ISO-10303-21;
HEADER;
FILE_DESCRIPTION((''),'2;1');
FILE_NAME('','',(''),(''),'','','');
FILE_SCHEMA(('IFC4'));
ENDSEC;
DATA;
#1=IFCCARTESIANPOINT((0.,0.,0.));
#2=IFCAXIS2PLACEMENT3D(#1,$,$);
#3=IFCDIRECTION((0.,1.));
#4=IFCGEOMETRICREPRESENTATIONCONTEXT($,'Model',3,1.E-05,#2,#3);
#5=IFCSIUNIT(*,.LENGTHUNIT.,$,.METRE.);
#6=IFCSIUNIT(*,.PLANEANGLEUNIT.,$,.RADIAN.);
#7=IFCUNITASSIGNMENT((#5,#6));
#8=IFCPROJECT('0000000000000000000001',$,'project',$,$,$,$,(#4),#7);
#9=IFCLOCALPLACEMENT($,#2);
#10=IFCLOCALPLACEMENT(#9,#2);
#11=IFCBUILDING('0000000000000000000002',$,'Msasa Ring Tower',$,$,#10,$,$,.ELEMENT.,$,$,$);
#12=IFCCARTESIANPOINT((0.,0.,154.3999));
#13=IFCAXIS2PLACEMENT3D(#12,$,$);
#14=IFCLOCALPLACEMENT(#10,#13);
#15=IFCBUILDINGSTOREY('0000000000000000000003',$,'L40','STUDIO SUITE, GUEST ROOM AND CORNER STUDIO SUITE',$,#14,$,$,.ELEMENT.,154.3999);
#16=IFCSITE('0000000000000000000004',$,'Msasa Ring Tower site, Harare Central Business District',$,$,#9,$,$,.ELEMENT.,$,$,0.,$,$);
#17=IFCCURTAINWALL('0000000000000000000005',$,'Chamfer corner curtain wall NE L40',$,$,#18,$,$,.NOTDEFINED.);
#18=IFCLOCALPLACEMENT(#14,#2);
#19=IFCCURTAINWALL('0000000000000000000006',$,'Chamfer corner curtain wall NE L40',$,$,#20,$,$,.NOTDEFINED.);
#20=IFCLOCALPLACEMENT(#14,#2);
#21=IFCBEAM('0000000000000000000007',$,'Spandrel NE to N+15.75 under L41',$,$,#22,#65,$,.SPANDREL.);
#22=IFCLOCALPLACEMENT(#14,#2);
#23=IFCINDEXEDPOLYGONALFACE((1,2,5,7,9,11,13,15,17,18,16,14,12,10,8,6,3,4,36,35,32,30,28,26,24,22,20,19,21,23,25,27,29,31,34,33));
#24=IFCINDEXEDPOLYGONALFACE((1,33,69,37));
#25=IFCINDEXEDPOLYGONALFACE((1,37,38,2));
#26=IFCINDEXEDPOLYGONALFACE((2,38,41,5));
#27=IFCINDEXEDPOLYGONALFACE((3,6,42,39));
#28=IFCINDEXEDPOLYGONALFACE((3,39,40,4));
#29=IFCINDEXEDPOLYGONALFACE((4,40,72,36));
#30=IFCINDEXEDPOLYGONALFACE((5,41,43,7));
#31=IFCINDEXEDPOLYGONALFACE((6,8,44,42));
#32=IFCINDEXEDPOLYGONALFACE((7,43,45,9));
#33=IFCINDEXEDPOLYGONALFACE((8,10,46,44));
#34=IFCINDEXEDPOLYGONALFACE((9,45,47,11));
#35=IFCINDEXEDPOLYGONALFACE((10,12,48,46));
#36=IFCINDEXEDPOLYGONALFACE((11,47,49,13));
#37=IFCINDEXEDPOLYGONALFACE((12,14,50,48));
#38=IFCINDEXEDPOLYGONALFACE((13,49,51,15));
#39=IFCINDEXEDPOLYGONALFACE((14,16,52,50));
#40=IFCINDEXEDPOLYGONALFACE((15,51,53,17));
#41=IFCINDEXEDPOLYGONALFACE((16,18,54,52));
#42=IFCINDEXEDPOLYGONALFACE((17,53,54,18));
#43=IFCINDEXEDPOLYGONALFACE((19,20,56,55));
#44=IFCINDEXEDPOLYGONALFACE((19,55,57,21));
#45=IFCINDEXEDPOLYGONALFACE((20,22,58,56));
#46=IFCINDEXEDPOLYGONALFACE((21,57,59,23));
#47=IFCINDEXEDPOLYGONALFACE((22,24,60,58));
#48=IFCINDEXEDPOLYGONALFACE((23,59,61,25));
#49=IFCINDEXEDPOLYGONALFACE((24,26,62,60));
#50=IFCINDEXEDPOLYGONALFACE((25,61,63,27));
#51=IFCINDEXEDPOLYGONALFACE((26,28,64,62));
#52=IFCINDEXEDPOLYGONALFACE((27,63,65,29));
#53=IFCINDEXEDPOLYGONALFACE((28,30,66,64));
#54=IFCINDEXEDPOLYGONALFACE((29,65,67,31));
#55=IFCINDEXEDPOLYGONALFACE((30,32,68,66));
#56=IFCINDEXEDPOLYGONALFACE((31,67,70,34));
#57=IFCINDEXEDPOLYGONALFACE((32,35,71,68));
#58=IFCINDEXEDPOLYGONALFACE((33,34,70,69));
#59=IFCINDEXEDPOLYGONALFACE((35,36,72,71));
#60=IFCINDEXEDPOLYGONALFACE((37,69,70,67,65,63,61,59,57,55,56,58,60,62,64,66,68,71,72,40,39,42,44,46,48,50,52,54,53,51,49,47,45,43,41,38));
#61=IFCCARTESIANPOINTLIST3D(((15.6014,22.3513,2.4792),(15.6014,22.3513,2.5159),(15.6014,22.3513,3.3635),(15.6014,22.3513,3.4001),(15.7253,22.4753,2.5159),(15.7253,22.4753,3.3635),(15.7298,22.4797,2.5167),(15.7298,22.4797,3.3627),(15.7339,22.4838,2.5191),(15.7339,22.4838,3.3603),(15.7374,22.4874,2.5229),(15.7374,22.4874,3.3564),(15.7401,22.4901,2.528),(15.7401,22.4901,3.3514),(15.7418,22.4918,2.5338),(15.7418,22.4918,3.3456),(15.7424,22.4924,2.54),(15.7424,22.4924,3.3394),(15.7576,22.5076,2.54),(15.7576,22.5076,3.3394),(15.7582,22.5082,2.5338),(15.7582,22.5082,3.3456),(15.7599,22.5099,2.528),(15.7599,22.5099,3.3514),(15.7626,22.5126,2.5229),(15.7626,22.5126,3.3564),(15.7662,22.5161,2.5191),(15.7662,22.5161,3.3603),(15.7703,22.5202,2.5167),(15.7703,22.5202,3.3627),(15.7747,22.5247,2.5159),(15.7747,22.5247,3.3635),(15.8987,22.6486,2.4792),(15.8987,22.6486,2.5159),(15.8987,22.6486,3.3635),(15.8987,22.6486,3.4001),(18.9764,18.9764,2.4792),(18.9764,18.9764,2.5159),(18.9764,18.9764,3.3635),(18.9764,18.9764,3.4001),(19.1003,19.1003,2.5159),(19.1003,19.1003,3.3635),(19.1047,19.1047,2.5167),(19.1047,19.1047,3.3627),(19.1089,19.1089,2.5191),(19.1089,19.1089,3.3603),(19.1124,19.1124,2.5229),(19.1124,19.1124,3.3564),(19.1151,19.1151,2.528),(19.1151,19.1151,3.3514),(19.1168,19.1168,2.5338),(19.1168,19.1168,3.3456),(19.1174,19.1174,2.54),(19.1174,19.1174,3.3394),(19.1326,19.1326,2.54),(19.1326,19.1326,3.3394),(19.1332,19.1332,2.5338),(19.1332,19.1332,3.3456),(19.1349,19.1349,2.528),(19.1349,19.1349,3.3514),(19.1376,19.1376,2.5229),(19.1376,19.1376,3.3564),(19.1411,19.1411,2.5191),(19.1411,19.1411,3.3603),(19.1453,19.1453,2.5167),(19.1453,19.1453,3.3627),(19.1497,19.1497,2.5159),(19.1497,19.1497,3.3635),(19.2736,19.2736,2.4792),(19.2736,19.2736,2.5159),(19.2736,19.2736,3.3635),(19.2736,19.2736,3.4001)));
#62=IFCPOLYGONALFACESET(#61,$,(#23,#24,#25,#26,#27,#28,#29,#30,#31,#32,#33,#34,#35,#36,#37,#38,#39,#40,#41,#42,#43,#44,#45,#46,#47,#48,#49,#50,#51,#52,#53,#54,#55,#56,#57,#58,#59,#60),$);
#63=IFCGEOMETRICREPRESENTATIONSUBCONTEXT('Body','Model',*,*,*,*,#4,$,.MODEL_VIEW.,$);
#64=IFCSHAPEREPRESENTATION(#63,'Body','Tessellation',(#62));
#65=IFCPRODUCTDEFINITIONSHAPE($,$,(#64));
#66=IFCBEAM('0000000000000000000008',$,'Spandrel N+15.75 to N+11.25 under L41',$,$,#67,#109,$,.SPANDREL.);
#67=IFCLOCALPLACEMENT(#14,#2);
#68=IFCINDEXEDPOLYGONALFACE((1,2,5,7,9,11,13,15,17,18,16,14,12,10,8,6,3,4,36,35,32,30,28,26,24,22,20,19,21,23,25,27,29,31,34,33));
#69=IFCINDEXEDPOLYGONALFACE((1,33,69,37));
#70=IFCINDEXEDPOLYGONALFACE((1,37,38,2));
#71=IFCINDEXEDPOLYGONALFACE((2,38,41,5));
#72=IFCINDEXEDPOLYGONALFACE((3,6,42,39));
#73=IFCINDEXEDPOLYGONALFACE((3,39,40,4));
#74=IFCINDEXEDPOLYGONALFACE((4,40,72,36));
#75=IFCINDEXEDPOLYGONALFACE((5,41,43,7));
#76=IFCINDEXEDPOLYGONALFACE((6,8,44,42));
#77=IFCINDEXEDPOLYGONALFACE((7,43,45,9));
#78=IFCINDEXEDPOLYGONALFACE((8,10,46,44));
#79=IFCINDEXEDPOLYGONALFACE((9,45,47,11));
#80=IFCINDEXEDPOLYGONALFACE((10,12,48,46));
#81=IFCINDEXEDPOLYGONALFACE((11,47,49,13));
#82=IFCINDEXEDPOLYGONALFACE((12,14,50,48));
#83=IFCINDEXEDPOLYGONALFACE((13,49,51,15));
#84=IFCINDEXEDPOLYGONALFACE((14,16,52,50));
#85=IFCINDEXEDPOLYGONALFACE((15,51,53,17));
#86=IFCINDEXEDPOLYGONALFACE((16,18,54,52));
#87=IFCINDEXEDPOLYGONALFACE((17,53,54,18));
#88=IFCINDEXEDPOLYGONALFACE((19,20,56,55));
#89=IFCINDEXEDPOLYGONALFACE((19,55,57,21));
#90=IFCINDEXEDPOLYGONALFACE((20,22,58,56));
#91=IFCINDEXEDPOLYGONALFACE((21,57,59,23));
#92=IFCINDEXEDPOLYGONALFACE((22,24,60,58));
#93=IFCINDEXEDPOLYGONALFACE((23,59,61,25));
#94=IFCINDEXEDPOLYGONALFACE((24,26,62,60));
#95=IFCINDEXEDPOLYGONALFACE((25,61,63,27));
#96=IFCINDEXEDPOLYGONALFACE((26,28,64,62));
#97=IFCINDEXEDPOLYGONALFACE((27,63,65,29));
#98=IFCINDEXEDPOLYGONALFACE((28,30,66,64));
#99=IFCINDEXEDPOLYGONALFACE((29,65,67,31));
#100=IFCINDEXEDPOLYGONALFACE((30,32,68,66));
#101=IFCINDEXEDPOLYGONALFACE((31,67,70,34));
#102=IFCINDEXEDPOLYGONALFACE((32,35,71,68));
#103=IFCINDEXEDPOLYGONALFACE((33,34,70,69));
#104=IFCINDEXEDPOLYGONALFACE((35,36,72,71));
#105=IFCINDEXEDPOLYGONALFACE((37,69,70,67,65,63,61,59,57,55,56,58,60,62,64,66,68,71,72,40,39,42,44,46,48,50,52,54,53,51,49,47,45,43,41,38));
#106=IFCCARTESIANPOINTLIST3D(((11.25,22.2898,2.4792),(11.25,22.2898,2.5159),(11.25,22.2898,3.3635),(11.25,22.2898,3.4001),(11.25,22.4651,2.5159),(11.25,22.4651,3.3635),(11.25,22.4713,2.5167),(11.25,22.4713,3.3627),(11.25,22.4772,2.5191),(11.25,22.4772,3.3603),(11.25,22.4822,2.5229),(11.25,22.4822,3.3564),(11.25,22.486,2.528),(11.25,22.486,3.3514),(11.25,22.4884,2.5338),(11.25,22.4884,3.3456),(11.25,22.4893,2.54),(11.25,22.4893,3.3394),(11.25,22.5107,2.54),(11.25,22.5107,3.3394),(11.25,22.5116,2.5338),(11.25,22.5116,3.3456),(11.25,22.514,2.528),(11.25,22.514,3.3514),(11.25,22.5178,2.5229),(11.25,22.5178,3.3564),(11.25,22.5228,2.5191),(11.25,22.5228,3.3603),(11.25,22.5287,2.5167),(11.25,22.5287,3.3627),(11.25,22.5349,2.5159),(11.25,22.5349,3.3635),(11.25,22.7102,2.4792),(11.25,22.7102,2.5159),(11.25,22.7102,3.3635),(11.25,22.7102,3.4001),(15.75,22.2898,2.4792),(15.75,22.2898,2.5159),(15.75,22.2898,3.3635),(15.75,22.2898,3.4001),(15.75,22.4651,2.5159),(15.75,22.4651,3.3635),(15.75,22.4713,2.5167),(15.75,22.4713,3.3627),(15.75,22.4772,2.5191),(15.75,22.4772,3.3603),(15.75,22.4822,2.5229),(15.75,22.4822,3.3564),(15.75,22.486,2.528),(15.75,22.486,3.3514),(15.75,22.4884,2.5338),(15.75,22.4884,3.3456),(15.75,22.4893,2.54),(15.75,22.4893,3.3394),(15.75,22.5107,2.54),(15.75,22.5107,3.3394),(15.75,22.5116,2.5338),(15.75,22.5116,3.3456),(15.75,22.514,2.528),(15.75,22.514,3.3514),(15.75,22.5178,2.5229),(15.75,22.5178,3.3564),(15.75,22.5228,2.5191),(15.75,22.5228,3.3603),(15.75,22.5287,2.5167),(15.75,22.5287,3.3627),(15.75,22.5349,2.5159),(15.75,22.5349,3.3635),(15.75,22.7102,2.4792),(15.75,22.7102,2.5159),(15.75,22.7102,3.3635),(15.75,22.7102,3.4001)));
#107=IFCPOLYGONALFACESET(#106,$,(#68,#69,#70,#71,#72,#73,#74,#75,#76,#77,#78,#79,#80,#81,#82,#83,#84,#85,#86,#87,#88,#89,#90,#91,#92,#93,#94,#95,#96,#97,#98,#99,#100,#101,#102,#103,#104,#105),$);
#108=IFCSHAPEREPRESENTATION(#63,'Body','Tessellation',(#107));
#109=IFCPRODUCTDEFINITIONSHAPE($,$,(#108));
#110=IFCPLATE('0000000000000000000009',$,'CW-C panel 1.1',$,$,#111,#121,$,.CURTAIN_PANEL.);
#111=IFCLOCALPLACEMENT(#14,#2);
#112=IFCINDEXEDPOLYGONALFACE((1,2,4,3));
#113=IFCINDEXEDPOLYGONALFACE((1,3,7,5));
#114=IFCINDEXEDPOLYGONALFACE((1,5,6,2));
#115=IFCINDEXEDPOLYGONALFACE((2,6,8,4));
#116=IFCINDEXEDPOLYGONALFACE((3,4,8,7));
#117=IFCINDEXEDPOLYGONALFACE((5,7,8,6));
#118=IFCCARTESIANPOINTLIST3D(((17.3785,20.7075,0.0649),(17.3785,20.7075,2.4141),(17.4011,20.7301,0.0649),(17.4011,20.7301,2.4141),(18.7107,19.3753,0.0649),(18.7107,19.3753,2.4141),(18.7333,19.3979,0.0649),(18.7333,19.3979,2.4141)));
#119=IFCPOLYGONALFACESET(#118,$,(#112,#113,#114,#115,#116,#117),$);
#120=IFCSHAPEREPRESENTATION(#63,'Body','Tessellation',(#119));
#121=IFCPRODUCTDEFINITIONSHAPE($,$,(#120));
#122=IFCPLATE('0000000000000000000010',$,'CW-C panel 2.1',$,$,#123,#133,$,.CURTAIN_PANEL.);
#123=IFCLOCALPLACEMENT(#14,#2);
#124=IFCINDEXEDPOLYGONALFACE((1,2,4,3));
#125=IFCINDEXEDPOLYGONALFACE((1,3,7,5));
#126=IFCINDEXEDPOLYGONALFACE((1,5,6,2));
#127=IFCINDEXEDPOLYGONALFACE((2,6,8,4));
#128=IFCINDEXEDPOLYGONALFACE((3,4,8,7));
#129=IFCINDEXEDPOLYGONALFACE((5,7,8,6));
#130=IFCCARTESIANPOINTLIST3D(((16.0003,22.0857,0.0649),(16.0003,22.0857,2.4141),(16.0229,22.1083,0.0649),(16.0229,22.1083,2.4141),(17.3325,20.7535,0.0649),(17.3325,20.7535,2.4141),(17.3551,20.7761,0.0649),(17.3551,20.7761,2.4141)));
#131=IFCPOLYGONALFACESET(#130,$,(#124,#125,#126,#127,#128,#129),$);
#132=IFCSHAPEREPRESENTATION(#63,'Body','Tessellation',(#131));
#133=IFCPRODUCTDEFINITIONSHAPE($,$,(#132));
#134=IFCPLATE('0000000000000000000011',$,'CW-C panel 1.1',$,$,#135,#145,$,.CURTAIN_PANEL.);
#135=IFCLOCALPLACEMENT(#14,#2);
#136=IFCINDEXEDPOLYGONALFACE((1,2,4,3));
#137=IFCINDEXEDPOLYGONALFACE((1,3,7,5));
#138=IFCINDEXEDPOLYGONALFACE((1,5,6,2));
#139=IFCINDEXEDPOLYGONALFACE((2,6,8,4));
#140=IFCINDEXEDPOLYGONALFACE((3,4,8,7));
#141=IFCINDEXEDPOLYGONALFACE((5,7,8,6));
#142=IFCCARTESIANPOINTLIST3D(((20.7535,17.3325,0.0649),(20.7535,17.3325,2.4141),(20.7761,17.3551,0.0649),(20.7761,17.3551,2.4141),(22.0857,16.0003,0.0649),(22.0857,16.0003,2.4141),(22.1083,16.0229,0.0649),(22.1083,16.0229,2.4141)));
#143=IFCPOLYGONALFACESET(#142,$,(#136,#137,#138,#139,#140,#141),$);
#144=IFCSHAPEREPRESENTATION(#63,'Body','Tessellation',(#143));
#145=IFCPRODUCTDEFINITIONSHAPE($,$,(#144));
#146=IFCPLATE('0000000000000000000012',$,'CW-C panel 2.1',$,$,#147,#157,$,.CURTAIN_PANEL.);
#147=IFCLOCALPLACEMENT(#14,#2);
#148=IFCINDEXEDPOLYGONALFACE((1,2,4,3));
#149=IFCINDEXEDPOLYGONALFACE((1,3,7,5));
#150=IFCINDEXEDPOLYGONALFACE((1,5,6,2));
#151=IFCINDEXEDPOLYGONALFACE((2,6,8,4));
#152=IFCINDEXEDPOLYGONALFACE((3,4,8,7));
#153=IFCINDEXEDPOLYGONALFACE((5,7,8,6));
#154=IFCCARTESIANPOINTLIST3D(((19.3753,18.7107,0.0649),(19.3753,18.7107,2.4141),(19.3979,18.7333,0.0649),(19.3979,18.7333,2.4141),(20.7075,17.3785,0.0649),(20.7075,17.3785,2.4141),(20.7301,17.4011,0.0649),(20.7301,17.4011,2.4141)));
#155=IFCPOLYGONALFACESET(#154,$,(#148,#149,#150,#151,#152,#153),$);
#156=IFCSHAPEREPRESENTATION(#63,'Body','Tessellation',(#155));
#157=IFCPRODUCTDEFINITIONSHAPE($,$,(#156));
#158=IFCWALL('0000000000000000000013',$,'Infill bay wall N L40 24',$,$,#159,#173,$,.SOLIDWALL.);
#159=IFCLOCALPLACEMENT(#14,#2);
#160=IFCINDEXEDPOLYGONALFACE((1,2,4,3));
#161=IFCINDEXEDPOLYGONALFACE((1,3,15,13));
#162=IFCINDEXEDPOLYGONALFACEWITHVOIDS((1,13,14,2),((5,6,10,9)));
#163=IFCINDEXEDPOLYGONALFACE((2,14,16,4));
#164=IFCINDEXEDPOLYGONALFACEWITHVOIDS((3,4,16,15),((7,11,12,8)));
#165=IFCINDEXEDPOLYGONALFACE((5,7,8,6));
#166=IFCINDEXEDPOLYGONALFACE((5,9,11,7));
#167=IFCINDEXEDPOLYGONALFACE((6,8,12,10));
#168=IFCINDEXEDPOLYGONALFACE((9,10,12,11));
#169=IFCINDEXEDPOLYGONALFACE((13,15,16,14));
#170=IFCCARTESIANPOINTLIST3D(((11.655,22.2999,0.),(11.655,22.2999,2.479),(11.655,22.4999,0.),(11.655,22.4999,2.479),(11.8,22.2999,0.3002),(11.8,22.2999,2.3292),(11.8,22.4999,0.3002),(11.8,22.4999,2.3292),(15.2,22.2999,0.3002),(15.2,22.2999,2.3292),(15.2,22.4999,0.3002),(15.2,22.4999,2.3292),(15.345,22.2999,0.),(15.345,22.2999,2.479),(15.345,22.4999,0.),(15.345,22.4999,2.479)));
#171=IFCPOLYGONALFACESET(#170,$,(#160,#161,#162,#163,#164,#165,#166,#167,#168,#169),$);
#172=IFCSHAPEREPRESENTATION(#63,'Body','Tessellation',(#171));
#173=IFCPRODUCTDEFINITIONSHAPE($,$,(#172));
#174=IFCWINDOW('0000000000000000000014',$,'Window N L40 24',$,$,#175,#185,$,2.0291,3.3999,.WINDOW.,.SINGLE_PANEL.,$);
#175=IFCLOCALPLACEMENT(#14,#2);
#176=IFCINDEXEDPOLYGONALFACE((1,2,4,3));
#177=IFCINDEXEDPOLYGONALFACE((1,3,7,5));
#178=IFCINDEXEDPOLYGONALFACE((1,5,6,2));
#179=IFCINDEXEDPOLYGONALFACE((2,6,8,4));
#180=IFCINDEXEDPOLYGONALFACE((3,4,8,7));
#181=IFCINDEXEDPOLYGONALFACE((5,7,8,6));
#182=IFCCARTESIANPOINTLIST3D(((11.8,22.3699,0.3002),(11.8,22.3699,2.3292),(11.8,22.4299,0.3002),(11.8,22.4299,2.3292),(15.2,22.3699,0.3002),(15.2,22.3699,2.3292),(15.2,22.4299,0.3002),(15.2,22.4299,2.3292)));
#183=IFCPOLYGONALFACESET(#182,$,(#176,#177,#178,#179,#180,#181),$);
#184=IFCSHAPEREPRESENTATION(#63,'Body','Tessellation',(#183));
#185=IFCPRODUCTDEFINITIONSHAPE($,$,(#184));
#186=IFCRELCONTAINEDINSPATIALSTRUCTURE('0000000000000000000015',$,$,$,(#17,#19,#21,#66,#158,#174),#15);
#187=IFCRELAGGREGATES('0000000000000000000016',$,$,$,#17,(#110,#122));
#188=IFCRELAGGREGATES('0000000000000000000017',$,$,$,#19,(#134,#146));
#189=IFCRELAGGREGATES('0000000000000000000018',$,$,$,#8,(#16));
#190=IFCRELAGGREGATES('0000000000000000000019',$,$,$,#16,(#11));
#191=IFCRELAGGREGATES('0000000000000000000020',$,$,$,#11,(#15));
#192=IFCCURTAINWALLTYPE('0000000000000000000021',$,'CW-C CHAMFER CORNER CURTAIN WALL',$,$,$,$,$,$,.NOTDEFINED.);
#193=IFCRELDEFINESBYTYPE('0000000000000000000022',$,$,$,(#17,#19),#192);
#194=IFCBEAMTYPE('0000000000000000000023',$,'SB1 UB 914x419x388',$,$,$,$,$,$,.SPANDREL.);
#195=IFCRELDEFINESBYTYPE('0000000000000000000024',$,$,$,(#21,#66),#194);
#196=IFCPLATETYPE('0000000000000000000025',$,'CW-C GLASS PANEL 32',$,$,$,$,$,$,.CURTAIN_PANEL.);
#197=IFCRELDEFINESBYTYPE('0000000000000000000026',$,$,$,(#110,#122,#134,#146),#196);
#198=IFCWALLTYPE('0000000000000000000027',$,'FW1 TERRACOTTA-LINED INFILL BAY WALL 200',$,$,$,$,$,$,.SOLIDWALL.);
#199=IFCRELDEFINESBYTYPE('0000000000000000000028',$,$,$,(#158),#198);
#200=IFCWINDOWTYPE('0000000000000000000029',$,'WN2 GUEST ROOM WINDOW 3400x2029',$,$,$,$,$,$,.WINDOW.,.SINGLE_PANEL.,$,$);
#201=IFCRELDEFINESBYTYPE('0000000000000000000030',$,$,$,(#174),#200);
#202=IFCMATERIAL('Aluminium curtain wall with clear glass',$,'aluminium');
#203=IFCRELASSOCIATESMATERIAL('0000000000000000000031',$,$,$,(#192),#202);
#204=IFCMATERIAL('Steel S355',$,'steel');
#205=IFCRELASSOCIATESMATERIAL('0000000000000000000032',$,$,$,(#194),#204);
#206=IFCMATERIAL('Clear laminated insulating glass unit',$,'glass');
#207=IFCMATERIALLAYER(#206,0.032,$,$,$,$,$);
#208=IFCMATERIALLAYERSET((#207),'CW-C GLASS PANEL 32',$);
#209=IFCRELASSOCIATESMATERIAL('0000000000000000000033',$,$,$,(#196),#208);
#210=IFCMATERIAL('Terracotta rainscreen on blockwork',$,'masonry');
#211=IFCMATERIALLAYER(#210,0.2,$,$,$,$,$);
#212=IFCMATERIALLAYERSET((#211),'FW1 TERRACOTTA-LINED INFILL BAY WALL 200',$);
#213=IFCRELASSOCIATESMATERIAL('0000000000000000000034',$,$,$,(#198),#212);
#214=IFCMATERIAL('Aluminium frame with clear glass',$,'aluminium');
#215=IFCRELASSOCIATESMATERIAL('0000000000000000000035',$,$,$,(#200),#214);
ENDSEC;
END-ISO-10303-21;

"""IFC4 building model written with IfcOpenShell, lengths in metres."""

from ifc_helpers import new_model, si_unit, direction, frame, frame_2d, origin, origin_2d, place, context, subcontext, project, spatial, rectangle, i_section, extrude, material, layer, layer_set, material_profile, profile_set, type_object, element, fill, aggregate, save


model = new_model("IFC4")

# Units and contexts
model_context = context("Model", 3, precision=1e-05, world=origin(), true_north=direction((0.0, 1.0)))
body_context = subcontext(model_context, "Body", "Model", "MODEL_VIEW")
ifc_project = project(units=[si_unit("LENGTHUNIT", "METRE"), si_unit("PLANEANGLEUNIT", "RADIAN")], contexts=[model_context])

# Site, building, storey
site_placement = place(None, origin())
site = spatial("IfcSite", under=ifc_project, at=site_placement, Name="Msasa Ring Tower site, Harare Central Business District", CompositionType="ELEMENT", RefElevation=0.0)
building_placement = place(site_placement, origin())
building = spatial("IfcBuilding", under=site, at=building_placement, Name="Msasa Ring Tower", CompositionType="ELEMENT")
storey_placement = place(building_placement, frame((0.0, 0.0, 154.3999)))
storey = spatial("IfcBuildingStorey", under=building, at=storey_placement, Name="L40", Description="STUDIO SUITE, GUEST ROOM AND CORNER STUDIO SUITE", CompositionType="ELEMENT", Elevation=154.3999)

# Curtain walls
ifc_material_1 = material(Name="Aluminium curtain wall with clear glass", Category="aluminium")
curtain_wall_type = type_object("IfcCurtainWallType", Name="CW-C CHAMFER CORNER CURTAIN WALL", PredefinedType="NOTDEFINED", material=ifc_material_1)
curtain_wall_1_placement = place(storey_placement, origin())
curtain_wall_1 = element("IfcCurtainWall", 1, at=curtain_wall_1_placement, inside=storey, type_object=curtain_wall_type, Name="Chamfer corner curtain wall NE L40", PredefinedType="NOTDEFINED")
curtain_wall_2_placement = place(storey_placement, origin())
curtain_wall_2 = element("IfcCurtainWall", 2, at=curtain_wall_2_placement, inside=storey, type_object=curtain_wall_type, Name="Chamfer corner curtain wall NE L40", PredefinedType="NOTDEFINED")

# Beams
ifc_material_2 = material(Name="Steel S355", Category="steel")
ifc_material_profile_1 = material_profile(ifc_material_2, i_section(OverallWidth=0.4204, OverallDepth=0.9209, WebThickness=0.0215, FlangeThickness=0.0366, FilletRadius=0.0242, at=origin_2d()), Name="UB 914x419x388")
ifc_profile_set_1 = profile_set([ifc_material_profile_1], Name="Steel S355")
beam_type_1 = type_object("IfcBeamType", Name="SB1 UB 914x419x388", PredefinedType="SPANDREL", material=ifc_profile_set_1)
for number, where, z_axis, x_axis, name in (
    (3, (19.125, 19.125, 2.9397), (-0.707107, 0.707107, 0.0), (-0.707107, -0.707107, 0.0), "Spandrel NE to N+15.75 under L41"),
):
    element("IfcBeam", number, at=place(storey_placement, frame(where, z_axis=z_axis, x_axis=x_axis)), inside=storey, type_object=beam_type_1, Name=name, PredefinedType="SPANDREL", context=body_context, shape_type="SweptSolid", body=[
        extrude(i_section(OverallWidth=0.4204, OverallDepth=0.9209, WebThickness=0.0215, FlangeThickness=0.0366, FilletRadius=0.0242, at=origin_2d()), origin(), (0.0, 0.0, 1.0), 4.7729),
    ])
beam_placement = place(storey_placement, frame((15.75, 22.5, 2.9397), z_axis=(-1.0, 0.0, 0.0), x_axis=(0.0, -1.0, 0.0)))
element("IfcBeam", 4, at=beam_placement, inside=storey, type_object=beam_type_1, Name="Spandrel N+15.75 to N+11.25 under L41", PredefinedType="SPANDREL", context=body_context, shape_type="SweptSolid", body=[
    extrude(i_section(OverallWidth=0.4204, OverallDepth=0.9209, WebThickness=0.0215, FlangeThickness=0.0366, FilletRadius=0.0242, at=origin_2d()), origin(), (0.0, 0.0, 1.0), 4.5),
])

# Plates
ifc_material_3 = material(Name="Clear laminated insulating glass unit", Category="glass")
ifc_layer_1 = layer(ifc_material_3, 0.032)
ifc_layer_set_1 = layer_set([ifc_layer_1], Name="CW-C GLASS PANEL 32")
plate_type = type_object("IfcPlateType", Name="CW-C GLASS PANEL 32", PredefinedType="CURTAIN_PANEL", material=ifc_layer_set_1)
plate_1_placement = place(storey_placement, frame((18.0559, 20.0527, 0.0649), z_axis=(0.0, 0.0, 1.0), x_axis=(-0.707107, 0.707107, 0.0)))
plate_1 = element("IfcPlate", 5, at=plate_1_placement, type_object=plate_type, Name="CW-C panel 1.1", PredefinedType="CURTAIN_PANEL", context=body_context, shape_type="SweptSolid", body=[
    extrude(rectangle(XDim=1.884, YDim=0.032, at=origin_2d()), origin(), (0.0, 0.0, 1.0), 2.3491),
])
plate_2_placement = place(storey_placement, frame((16.6777, 21.4309, 0.0649), z_axis=(0.0, 0.0, 1.0), x_axis=(-0.707107, 0.707107, 0.0)))
plate_2 = element("IfcPlate", 6, at=plate_2_placement, type_object=plate_type, Name="CW-C panel 2.1", PredefinedType="CURTAIN_PANEL", context=body_context, shape_type="SweptSolid", body=[
    extrude(rectangle(XDim=1.884, YDim=0.032, at=origin_2d()), origin(), (0.0, 0.0, 1.0), 2.3491),
])
aggregate(curtain_wall_1, [plate_1, plate_2])
plate_3_placement = place(storey_placement, frame((21.4309, 16.6777, 0.0649), z_axis=(0.0, 0.0, 1.0), x_axis=(-0.707107, 0.707107, 0.0)))
plate_3 = element("IfcPlate", 7, at=plate_3_placement, type_object=plate_type, Name="CW-C panel 1.1", PredefinedType="CURTAIN_PANEL", context=body_context, shape_type="SweptSolid", body=[
    extrude(rectangle(XDim=1.884, YDim=0.032, at=origin_2d()), origin(), (0.0, 0.0, 1.0), 2.3491),
])
plate_4_placement = place(storey_placement, frame((20.0527, 18.0559, 0.0649), z_axis=(0.0, 0.0, 1.0), x_axis=(-0.707107, 0.707107, 0.0)))
plate_4 = element("IfcPlate", 8, at=plate_4_placement, type_object=plate_type, Name="CW-C panel 2.1", PredefinedType="CURTAIN_PANEL", context=body_context, shape_type="SweptSolid", body=[
    extrude(rectangle(XDim=1.884, YDim=0.032, at=origin_2d()), origin(), (0.0, 0.0, 1.0), 2.3491),
])
aggregate(curtain_wall_2, [plate_3, plate_4])

# Wall, opening, window
ifc_material_4 = material(Name="Terracotta rainscreen on blockwork", Category="masonry")
ifc_layer_2 = layer(ifc_material_4, 0.2)
ifc_layer_set_2 = layer_set([ifc_layer_2], Name="FW1 TERRACOTTA-LINED INFILL BAY WALL 200")
wall_type = type_object("IfcWallType", Name="FW1 TERRACOTTA-LINED INFILL BAY WALL 200", PredefinedType="SOLIDWALL", material=ifc_layer_set_2)
wall_placement = place(storey_placement, frame((11.655, 22.3999, 0.0), z_axis=(0.0, 0.0, 1.0), x_axis=(1.0, 0.0, 0.0)))
wall = element("IfcWall", 9, at=wall_placement, inside=storey, type_object=wall_type, Name="Infill bay wall N L40 24", PredefinedType="SOLIDWALL", context=body_context, shape_type="SweptSolid", body=[
    extrude(rectangle(XDim=3.6899, YDim=0.2, at=frame_2d((1.845, 0.0))), origin(), (0.0, 0.0, 1.0), 2.479),
])
opening_placement = place(wall_placement, frame((0.145, 0.0, 0.3)))
opening = element("IfcOpeningElement", 10, at=opening_placement, cuts=wall, PredefinedType="OPENING", context=body_context, shape_type="SweptSolid", body=[
    extrude(rectangle(XDim=3.3999, YDim=2.0291, at=frame_2d((1.7, 1.0146))), frame((0.0, 0.1099, 0.0), z_axis=(0.0, -1.0, 0.0), x_axis=(1.0, 0.0, 0.0)), (0.0, 0.0, 1.0), 0.22),
])
ifc_material_5 = material(Name="Aluminium frame with clear glass", Category="aluminium")
window_type = type_object("IfcWindowType", Name="WN2 GUEST ROOM WINDOW 3400x2029", PartitioningType="SINGLE_PANEL", PredefinedType="WINDOW", material=ifc_material_5)
window_placement = place(opening_placement, origin())
window = element("IfcWindow", 11, at=window_placement, inside=storey, type_object=window_type, Name="Window N L40 24", OverallHeight=2.0291, OverallWidth=3.3999, PartitioningType="SINGLE_PANEL", PredefinedType="WINDOW", context=body_context, shape_type="SweptSolid", body=[
    extrude(rectangle(XDim=3.3999, YDim=2.0291, at=frame_2d((1.7, 1.0146))), frame((0.0, 0.03, 0.0), z_axis=(0.0, -1.0, 0.0), x_axis=(1.0, 0.0, 0.0)), (0.0, 0.0, 1.0), 0.0601),
])
fill(opening, window)

save(model, "model.ifc")
